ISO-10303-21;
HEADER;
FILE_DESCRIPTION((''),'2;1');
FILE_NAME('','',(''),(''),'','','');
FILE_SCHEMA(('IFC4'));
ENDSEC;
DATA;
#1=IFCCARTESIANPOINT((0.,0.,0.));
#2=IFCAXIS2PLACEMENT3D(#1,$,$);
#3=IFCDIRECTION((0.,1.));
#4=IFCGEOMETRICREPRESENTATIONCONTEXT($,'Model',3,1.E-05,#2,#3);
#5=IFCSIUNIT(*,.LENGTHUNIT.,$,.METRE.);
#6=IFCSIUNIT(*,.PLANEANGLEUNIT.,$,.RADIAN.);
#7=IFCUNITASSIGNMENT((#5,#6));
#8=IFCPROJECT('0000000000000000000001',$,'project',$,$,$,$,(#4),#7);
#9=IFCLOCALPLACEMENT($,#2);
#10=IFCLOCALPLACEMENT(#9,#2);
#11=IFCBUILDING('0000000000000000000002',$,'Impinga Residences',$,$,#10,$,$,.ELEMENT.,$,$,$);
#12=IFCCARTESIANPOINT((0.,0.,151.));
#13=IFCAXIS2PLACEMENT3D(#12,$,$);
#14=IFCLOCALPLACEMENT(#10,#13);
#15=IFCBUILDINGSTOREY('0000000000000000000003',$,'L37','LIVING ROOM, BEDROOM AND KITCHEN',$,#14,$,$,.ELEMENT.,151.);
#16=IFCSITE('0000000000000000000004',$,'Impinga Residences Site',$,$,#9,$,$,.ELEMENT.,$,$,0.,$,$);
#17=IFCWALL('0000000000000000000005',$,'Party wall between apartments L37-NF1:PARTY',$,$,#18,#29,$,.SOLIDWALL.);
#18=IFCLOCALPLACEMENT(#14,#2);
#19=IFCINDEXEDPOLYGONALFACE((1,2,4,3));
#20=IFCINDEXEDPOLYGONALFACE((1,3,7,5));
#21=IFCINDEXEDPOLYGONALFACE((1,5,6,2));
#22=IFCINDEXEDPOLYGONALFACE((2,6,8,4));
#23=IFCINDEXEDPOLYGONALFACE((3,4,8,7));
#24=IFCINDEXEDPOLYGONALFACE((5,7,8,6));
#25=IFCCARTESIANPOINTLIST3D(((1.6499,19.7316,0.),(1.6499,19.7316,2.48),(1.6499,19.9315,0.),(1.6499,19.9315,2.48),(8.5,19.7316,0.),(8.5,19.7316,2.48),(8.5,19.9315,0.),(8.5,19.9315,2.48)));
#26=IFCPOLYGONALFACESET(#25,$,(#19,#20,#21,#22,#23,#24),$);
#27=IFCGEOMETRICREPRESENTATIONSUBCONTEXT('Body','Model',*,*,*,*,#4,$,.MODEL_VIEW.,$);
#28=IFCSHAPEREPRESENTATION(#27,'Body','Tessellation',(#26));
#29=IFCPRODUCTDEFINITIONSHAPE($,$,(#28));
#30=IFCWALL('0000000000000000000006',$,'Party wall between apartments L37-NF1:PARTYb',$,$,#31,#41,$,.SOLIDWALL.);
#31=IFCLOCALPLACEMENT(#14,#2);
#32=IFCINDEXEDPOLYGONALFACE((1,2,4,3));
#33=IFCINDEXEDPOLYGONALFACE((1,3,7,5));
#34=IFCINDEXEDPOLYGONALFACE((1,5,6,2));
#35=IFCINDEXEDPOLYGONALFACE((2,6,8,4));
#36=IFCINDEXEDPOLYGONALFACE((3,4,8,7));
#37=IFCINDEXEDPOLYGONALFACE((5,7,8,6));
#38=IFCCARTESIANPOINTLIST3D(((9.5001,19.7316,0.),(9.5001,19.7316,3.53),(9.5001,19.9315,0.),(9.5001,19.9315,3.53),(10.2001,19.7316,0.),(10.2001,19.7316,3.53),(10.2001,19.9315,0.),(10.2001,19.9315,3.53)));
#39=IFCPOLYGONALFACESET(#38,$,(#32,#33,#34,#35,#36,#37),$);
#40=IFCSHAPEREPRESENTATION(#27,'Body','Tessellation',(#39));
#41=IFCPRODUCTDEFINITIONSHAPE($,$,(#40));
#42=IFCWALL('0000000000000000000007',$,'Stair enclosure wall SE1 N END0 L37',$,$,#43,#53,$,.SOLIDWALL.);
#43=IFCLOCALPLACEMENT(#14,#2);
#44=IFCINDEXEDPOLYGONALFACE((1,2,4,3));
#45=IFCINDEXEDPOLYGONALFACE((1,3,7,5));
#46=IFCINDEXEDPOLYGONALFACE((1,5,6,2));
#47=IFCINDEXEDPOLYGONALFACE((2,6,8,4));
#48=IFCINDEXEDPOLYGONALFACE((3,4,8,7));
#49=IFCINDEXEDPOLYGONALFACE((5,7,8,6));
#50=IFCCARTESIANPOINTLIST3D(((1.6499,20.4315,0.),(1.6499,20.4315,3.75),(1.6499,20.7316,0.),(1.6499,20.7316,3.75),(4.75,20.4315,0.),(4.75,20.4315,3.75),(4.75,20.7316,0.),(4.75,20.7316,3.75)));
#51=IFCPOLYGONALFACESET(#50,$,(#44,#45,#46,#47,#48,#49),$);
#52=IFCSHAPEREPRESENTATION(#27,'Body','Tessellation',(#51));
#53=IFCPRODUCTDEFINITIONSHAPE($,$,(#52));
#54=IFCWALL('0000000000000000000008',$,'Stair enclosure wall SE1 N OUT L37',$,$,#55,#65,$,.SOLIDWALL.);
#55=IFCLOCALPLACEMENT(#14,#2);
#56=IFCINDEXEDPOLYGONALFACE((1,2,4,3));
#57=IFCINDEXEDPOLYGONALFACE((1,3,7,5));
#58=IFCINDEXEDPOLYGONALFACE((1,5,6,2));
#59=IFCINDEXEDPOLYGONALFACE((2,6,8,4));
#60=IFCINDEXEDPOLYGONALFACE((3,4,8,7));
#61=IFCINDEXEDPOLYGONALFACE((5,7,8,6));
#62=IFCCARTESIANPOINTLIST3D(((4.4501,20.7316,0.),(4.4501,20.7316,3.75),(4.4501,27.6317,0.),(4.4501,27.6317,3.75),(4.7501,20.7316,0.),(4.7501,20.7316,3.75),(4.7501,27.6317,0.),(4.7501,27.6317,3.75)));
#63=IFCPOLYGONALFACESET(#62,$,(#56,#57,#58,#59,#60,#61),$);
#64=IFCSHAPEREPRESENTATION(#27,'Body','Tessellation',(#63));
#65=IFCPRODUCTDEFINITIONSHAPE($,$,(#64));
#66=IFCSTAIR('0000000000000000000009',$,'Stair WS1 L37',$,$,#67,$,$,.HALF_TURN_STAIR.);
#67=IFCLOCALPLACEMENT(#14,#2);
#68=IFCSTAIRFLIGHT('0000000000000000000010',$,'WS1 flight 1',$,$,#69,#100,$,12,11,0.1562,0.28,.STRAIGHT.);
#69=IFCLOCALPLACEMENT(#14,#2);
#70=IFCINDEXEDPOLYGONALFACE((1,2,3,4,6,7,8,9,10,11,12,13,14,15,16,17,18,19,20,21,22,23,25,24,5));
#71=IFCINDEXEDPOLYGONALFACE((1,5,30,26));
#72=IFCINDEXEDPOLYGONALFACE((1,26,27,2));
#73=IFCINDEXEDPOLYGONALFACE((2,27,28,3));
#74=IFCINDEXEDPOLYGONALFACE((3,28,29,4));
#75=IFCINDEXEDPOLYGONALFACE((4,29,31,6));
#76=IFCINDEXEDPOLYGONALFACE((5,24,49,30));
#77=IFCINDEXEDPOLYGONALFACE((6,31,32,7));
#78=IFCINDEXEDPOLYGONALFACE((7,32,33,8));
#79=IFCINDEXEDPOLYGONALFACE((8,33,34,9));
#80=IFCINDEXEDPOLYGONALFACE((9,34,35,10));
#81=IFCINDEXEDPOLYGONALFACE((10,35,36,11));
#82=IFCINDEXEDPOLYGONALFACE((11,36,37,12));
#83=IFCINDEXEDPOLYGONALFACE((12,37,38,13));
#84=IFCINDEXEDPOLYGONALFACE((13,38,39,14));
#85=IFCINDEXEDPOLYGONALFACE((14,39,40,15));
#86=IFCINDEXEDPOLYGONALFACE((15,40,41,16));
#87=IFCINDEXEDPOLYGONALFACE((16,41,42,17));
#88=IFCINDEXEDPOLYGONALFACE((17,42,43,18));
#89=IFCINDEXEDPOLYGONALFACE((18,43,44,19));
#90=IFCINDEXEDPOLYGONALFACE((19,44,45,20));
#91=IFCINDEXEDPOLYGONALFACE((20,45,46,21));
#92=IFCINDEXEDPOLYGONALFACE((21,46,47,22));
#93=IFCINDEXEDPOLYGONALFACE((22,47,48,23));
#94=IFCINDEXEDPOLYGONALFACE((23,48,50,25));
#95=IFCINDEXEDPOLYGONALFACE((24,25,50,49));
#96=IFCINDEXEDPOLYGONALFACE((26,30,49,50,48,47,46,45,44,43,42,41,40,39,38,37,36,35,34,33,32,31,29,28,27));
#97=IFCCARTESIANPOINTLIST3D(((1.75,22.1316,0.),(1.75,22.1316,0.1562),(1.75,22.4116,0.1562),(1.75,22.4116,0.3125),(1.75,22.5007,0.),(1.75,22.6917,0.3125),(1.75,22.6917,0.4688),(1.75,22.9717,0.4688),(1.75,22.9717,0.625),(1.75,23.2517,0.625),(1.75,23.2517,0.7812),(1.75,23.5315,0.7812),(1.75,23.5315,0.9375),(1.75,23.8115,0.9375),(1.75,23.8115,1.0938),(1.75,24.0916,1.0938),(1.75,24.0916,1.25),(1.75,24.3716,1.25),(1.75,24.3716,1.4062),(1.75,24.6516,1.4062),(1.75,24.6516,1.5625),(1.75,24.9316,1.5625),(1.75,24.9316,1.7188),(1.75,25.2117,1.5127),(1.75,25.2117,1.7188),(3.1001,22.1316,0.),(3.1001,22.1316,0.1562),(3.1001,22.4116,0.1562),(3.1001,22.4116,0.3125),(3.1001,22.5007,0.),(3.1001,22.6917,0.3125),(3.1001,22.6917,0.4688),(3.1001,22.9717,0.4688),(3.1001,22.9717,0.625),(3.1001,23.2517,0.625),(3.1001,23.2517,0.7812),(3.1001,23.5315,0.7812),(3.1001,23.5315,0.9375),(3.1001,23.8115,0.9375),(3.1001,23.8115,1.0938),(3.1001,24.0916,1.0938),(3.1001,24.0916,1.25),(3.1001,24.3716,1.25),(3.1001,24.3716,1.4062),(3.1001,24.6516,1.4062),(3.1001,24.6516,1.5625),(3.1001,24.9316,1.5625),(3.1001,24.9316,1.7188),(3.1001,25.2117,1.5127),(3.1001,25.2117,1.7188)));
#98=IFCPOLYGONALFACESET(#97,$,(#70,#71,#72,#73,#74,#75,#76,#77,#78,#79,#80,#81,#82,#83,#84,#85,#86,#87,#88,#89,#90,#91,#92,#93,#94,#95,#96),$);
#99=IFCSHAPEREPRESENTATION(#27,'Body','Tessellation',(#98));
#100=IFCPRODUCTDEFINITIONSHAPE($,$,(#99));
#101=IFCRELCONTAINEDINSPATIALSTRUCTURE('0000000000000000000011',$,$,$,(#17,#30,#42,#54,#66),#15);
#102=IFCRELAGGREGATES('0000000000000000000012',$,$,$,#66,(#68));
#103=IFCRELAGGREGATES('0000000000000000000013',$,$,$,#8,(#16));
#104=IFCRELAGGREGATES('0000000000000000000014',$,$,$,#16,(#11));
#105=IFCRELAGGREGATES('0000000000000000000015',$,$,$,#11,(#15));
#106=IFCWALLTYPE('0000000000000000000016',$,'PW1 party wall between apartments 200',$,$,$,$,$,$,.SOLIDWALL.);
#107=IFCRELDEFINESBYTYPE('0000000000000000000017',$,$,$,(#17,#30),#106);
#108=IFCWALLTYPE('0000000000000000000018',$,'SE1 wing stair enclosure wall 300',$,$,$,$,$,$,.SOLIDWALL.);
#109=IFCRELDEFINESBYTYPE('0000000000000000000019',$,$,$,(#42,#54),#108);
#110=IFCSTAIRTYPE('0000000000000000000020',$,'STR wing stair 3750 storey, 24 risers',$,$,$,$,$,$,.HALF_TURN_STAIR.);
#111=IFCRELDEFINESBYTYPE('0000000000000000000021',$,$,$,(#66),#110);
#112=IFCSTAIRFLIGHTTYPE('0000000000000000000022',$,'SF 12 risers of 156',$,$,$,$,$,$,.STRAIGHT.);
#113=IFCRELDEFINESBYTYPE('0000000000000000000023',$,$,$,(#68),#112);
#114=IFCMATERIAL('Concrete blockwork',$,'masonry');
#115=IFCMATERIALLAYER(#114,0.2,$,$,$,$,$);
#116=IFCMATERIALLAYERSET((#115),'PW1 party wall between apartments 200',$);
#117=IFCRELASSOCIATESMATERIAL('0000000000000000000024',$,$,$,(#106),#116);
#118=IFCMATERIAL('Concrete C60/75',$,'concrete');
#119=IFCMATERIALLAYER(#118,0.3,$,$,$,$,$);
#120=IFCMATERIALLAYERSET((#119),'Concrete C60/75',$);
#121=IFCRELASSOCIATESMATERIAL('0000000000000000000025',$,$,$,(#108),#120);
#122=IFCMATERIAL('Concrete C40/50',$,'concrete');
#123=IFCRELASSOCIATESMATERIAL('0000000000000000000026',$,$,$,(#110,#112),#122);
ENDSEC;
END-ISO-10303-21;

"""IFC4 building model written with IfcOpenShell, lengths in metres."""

from ifc_helpers import new_model, si_unit, direction, frame, frame_2d, origin, place, context, subcontext, project, spatial, polyline, rectangle, outline, extrude, material, layer, layer_set, type_object, element, aggregate, save


model = new_model("IFC4")

# Units and contexts
model_context = context("Model", 3, precision=1e-05, world=origin(), true_north=direction((0.0, 1.0)))
body_context = subcontext(model_context, "Body", "Model", "MODEL_VIEW")
ifc_project = project(units=[si_unit("LENGTHUNIT", "METRE"), si_unit("PLANEANGLEUNIT", "RADIAN")], contexts=[model_context])

# Site, building, storey
site_placement = place(None, origin())
site = spatial("IfcSite", under=ifc_project, at=site_placement, Name="Impinga Residences Site", CompositionType="ELEMENT", RefElevation=0.0)
building_placement = place(site_placement, origin())
building = spatial("IfcBuilding", under=site, at=building_placement, Name="Impinga Residences", CompositionType="ELEMENT")
storey_placement = place(building_placement, frame((0.0, 0.0, 151.0)))
storey = spatial("IfcBuildingStorey", under=building, at=storey_placement, Name="L37", Description="LIVING ROOM, BEDROOM AND KITCHEN", CompositionType="ELEMENT", Elevation=151.0)

# Shared definitions
ifc_material_1 = material(Name="Concrete C60/75", Category="concrete")

# Walls
ifc_material_2 = material(Name="Concrete blockwork", Category="masonry")
ifc_layer_1 = layer(ifc_material_2, 0.2)
ifc_layer_set_1 = layer_set([ifc_layer_1], Name="PW1 party wall between apartments 200")
wall_type_1 = type_object("IfcWallType", Name="PW1 party wall between apartments 200", PredefinedType="SOLIDWALL", material=ifc_layer_set_1)
wall_1_placement = place(storey_placement, frame((1.6499, 19.8315, 0.0), z_axis=(0.0, 0.0, 1.0), x_axis=(1.0, 0.0, 0.0)))
element("IfcWall", 1, at=wall_1_placement, inside=storey, type_object=wall_type_1, Name="Party wall between apartments L37-NF1:PARTY", PredefinedType="SOLIDWALL", context=body_context, shape_type="SweptSolid", body=[
    extrude(rectangle(XDim=6.8501, YDim=0.2, at=frame_2d((3.425, 0.0))), origin(), (0.0, 0.0, 1.0), 2.48),
])
wall_2_placement = place(storey_placement, frame((9.5, 19.8315, 0.0), z_axis=(0.0, 0.0, 1.0), x_axis=(1.0, 0.0, 0.0)))
element("IfcWall", 2, at=wall_2_placement, inside=storey, type_object=wall_type_1, Name="Party wall between apartments L37-NF1:PARTYb", PredefinedType="SOLIDWALL", context=body_context, shape_type="SweptSolid", body=[
    extrude(rectangle(XDim=0.7, YDim=0.2, at=frame_2d((0.3501, 0.0))), origin(), (0.0, 0.0, 1.0), 3.53),
])
ifc_layer_2 = layer(ifc_material_1, 0.3)
ifc_layer_set_2 = layer_set([ifc_layer_2], Name="Concrete C60/75")
wall_type_2 = type_object("IfcWallType", Name="SE1 wing stair enclosure wall 300", PredefinedType="SOLIDWALL", material=ifc_layer_set_2)
wall_3_placement = place(storey_placement, frame((1.6499, 20.5815, 0.0), z_axis=(0.0, 0.0, 1.0), x_axis=(1.0, 0.0, 0.0)))
element("IfcWall", 3, at=wall_3_placement, inside=storey, type_object=wall_type_2, Name="Stair enclosure wall SE1 N END0 L37", PredefinedType="SOLIDWALL", context=body_context, shape_type="SweptSolid", body=[
    extrude(rectangle(XDim=3.1001, YDim=0.3, at=frame_2d((1.55, 0.0))), origin(), (0.0, 0.0, 1.0), 3.75),
])
wall_4_placement = place(storey_placement, frame((4.6001, 20.7314, 0.0), z_axis=(0.0, 0.0, 1.0), x_axis=(0.0, 1.0, 0.0)))
element("IfcWall", 4, at=wall_4_placement, inside=storey, type_object=wall_type_2, Name="Stair enclosure wall SE1 N OUT L37", PredefinedType="SOLIDWALL", context=body_context, shape_type="SweptSolid", body=[
    extrude(rectangle(XDim=6.9001, YDim=0.3, at=frame_2d((3.4502, 0.0))), origin(), (0.0, 0.0, 1.0), 3.75),
])

# Stair, stair flight
ifc_material_3 = material(Name="Concrete C40/50", Category="concrete")
stair_type = type_object("IfcStairType", Name="STR wing stair 3750 storey, 24 risers", PredefinedType="HALF_TURN_STAIR", material=ifc_material_3)
stair_placement = place(storey_placement, origin())
stair = element("IfcStair", 5, at=stair_placement, inside=storey, type_object=stair_type, Name="Stair WS1 L37", PredefinedType="HALF_TURN_STAIR")
stair_flight_type = type_object("IfcStairFlightType", Name="SF 12 risers of 156", PredefinedType="STRAIGHT", material=ifc_material_3)
stair_flight_placement = place(storey_placement, frame((2.425, 22.1316, 0.0), z_axis=(0.0, 0.0, 1.0), x_axis=(0.0, 1.0, 0.0)))
stair_flight = element("IfcStairFlight", 6, at=stair_flight_placement, type_object=stair_flight_type, Name="WS1 flight 1", NumberOfRisers=12, NumberOfTreads=11, PredefinedType="STRAIGHT", RiserHeight=0.1562, TreadLength=0.28, context=body_context, shape_type="SweptSolid", body=[
    extrude(outline(polyline([(0.0, 0.0), (0.0, 0.1562), (0.28, 0.1562), (0.28, 0.3125), (0.5601, 0.3125), (0.5601, 0.4688), (0.8401, 0.4688), (0.8401, 0.625), (1.1201, 0.625), (1.1201, 0.7812), (1.3999, 0.7812), (1.3999, 0.9375), (1.6799, 0.9375), (1.6799, 1.0938), (1.96, 1.0938), (1.96, 1.25), (2.24, 1.25), (2.24, 1.4062), (2.52, 1.4062), (2.52, 1.5625), (2.8, 1.5625), (2.8, 1.7188), (3.0801, 1.7188), (3.0801, 1.875), (3.0801, 1.5127), (0.3691, 0.0), (0.0, 0.0)])), frame((0.0, 0.675, 0.0), z_axis=(0.0, -1.0, 0.0), x_axis=(1.0, 0.0, 0.0)), (0.0, 0.0, 1.0), 1.3501),
])
aggregate(stair, [stair_flight])

save(model, "model.ifc")
